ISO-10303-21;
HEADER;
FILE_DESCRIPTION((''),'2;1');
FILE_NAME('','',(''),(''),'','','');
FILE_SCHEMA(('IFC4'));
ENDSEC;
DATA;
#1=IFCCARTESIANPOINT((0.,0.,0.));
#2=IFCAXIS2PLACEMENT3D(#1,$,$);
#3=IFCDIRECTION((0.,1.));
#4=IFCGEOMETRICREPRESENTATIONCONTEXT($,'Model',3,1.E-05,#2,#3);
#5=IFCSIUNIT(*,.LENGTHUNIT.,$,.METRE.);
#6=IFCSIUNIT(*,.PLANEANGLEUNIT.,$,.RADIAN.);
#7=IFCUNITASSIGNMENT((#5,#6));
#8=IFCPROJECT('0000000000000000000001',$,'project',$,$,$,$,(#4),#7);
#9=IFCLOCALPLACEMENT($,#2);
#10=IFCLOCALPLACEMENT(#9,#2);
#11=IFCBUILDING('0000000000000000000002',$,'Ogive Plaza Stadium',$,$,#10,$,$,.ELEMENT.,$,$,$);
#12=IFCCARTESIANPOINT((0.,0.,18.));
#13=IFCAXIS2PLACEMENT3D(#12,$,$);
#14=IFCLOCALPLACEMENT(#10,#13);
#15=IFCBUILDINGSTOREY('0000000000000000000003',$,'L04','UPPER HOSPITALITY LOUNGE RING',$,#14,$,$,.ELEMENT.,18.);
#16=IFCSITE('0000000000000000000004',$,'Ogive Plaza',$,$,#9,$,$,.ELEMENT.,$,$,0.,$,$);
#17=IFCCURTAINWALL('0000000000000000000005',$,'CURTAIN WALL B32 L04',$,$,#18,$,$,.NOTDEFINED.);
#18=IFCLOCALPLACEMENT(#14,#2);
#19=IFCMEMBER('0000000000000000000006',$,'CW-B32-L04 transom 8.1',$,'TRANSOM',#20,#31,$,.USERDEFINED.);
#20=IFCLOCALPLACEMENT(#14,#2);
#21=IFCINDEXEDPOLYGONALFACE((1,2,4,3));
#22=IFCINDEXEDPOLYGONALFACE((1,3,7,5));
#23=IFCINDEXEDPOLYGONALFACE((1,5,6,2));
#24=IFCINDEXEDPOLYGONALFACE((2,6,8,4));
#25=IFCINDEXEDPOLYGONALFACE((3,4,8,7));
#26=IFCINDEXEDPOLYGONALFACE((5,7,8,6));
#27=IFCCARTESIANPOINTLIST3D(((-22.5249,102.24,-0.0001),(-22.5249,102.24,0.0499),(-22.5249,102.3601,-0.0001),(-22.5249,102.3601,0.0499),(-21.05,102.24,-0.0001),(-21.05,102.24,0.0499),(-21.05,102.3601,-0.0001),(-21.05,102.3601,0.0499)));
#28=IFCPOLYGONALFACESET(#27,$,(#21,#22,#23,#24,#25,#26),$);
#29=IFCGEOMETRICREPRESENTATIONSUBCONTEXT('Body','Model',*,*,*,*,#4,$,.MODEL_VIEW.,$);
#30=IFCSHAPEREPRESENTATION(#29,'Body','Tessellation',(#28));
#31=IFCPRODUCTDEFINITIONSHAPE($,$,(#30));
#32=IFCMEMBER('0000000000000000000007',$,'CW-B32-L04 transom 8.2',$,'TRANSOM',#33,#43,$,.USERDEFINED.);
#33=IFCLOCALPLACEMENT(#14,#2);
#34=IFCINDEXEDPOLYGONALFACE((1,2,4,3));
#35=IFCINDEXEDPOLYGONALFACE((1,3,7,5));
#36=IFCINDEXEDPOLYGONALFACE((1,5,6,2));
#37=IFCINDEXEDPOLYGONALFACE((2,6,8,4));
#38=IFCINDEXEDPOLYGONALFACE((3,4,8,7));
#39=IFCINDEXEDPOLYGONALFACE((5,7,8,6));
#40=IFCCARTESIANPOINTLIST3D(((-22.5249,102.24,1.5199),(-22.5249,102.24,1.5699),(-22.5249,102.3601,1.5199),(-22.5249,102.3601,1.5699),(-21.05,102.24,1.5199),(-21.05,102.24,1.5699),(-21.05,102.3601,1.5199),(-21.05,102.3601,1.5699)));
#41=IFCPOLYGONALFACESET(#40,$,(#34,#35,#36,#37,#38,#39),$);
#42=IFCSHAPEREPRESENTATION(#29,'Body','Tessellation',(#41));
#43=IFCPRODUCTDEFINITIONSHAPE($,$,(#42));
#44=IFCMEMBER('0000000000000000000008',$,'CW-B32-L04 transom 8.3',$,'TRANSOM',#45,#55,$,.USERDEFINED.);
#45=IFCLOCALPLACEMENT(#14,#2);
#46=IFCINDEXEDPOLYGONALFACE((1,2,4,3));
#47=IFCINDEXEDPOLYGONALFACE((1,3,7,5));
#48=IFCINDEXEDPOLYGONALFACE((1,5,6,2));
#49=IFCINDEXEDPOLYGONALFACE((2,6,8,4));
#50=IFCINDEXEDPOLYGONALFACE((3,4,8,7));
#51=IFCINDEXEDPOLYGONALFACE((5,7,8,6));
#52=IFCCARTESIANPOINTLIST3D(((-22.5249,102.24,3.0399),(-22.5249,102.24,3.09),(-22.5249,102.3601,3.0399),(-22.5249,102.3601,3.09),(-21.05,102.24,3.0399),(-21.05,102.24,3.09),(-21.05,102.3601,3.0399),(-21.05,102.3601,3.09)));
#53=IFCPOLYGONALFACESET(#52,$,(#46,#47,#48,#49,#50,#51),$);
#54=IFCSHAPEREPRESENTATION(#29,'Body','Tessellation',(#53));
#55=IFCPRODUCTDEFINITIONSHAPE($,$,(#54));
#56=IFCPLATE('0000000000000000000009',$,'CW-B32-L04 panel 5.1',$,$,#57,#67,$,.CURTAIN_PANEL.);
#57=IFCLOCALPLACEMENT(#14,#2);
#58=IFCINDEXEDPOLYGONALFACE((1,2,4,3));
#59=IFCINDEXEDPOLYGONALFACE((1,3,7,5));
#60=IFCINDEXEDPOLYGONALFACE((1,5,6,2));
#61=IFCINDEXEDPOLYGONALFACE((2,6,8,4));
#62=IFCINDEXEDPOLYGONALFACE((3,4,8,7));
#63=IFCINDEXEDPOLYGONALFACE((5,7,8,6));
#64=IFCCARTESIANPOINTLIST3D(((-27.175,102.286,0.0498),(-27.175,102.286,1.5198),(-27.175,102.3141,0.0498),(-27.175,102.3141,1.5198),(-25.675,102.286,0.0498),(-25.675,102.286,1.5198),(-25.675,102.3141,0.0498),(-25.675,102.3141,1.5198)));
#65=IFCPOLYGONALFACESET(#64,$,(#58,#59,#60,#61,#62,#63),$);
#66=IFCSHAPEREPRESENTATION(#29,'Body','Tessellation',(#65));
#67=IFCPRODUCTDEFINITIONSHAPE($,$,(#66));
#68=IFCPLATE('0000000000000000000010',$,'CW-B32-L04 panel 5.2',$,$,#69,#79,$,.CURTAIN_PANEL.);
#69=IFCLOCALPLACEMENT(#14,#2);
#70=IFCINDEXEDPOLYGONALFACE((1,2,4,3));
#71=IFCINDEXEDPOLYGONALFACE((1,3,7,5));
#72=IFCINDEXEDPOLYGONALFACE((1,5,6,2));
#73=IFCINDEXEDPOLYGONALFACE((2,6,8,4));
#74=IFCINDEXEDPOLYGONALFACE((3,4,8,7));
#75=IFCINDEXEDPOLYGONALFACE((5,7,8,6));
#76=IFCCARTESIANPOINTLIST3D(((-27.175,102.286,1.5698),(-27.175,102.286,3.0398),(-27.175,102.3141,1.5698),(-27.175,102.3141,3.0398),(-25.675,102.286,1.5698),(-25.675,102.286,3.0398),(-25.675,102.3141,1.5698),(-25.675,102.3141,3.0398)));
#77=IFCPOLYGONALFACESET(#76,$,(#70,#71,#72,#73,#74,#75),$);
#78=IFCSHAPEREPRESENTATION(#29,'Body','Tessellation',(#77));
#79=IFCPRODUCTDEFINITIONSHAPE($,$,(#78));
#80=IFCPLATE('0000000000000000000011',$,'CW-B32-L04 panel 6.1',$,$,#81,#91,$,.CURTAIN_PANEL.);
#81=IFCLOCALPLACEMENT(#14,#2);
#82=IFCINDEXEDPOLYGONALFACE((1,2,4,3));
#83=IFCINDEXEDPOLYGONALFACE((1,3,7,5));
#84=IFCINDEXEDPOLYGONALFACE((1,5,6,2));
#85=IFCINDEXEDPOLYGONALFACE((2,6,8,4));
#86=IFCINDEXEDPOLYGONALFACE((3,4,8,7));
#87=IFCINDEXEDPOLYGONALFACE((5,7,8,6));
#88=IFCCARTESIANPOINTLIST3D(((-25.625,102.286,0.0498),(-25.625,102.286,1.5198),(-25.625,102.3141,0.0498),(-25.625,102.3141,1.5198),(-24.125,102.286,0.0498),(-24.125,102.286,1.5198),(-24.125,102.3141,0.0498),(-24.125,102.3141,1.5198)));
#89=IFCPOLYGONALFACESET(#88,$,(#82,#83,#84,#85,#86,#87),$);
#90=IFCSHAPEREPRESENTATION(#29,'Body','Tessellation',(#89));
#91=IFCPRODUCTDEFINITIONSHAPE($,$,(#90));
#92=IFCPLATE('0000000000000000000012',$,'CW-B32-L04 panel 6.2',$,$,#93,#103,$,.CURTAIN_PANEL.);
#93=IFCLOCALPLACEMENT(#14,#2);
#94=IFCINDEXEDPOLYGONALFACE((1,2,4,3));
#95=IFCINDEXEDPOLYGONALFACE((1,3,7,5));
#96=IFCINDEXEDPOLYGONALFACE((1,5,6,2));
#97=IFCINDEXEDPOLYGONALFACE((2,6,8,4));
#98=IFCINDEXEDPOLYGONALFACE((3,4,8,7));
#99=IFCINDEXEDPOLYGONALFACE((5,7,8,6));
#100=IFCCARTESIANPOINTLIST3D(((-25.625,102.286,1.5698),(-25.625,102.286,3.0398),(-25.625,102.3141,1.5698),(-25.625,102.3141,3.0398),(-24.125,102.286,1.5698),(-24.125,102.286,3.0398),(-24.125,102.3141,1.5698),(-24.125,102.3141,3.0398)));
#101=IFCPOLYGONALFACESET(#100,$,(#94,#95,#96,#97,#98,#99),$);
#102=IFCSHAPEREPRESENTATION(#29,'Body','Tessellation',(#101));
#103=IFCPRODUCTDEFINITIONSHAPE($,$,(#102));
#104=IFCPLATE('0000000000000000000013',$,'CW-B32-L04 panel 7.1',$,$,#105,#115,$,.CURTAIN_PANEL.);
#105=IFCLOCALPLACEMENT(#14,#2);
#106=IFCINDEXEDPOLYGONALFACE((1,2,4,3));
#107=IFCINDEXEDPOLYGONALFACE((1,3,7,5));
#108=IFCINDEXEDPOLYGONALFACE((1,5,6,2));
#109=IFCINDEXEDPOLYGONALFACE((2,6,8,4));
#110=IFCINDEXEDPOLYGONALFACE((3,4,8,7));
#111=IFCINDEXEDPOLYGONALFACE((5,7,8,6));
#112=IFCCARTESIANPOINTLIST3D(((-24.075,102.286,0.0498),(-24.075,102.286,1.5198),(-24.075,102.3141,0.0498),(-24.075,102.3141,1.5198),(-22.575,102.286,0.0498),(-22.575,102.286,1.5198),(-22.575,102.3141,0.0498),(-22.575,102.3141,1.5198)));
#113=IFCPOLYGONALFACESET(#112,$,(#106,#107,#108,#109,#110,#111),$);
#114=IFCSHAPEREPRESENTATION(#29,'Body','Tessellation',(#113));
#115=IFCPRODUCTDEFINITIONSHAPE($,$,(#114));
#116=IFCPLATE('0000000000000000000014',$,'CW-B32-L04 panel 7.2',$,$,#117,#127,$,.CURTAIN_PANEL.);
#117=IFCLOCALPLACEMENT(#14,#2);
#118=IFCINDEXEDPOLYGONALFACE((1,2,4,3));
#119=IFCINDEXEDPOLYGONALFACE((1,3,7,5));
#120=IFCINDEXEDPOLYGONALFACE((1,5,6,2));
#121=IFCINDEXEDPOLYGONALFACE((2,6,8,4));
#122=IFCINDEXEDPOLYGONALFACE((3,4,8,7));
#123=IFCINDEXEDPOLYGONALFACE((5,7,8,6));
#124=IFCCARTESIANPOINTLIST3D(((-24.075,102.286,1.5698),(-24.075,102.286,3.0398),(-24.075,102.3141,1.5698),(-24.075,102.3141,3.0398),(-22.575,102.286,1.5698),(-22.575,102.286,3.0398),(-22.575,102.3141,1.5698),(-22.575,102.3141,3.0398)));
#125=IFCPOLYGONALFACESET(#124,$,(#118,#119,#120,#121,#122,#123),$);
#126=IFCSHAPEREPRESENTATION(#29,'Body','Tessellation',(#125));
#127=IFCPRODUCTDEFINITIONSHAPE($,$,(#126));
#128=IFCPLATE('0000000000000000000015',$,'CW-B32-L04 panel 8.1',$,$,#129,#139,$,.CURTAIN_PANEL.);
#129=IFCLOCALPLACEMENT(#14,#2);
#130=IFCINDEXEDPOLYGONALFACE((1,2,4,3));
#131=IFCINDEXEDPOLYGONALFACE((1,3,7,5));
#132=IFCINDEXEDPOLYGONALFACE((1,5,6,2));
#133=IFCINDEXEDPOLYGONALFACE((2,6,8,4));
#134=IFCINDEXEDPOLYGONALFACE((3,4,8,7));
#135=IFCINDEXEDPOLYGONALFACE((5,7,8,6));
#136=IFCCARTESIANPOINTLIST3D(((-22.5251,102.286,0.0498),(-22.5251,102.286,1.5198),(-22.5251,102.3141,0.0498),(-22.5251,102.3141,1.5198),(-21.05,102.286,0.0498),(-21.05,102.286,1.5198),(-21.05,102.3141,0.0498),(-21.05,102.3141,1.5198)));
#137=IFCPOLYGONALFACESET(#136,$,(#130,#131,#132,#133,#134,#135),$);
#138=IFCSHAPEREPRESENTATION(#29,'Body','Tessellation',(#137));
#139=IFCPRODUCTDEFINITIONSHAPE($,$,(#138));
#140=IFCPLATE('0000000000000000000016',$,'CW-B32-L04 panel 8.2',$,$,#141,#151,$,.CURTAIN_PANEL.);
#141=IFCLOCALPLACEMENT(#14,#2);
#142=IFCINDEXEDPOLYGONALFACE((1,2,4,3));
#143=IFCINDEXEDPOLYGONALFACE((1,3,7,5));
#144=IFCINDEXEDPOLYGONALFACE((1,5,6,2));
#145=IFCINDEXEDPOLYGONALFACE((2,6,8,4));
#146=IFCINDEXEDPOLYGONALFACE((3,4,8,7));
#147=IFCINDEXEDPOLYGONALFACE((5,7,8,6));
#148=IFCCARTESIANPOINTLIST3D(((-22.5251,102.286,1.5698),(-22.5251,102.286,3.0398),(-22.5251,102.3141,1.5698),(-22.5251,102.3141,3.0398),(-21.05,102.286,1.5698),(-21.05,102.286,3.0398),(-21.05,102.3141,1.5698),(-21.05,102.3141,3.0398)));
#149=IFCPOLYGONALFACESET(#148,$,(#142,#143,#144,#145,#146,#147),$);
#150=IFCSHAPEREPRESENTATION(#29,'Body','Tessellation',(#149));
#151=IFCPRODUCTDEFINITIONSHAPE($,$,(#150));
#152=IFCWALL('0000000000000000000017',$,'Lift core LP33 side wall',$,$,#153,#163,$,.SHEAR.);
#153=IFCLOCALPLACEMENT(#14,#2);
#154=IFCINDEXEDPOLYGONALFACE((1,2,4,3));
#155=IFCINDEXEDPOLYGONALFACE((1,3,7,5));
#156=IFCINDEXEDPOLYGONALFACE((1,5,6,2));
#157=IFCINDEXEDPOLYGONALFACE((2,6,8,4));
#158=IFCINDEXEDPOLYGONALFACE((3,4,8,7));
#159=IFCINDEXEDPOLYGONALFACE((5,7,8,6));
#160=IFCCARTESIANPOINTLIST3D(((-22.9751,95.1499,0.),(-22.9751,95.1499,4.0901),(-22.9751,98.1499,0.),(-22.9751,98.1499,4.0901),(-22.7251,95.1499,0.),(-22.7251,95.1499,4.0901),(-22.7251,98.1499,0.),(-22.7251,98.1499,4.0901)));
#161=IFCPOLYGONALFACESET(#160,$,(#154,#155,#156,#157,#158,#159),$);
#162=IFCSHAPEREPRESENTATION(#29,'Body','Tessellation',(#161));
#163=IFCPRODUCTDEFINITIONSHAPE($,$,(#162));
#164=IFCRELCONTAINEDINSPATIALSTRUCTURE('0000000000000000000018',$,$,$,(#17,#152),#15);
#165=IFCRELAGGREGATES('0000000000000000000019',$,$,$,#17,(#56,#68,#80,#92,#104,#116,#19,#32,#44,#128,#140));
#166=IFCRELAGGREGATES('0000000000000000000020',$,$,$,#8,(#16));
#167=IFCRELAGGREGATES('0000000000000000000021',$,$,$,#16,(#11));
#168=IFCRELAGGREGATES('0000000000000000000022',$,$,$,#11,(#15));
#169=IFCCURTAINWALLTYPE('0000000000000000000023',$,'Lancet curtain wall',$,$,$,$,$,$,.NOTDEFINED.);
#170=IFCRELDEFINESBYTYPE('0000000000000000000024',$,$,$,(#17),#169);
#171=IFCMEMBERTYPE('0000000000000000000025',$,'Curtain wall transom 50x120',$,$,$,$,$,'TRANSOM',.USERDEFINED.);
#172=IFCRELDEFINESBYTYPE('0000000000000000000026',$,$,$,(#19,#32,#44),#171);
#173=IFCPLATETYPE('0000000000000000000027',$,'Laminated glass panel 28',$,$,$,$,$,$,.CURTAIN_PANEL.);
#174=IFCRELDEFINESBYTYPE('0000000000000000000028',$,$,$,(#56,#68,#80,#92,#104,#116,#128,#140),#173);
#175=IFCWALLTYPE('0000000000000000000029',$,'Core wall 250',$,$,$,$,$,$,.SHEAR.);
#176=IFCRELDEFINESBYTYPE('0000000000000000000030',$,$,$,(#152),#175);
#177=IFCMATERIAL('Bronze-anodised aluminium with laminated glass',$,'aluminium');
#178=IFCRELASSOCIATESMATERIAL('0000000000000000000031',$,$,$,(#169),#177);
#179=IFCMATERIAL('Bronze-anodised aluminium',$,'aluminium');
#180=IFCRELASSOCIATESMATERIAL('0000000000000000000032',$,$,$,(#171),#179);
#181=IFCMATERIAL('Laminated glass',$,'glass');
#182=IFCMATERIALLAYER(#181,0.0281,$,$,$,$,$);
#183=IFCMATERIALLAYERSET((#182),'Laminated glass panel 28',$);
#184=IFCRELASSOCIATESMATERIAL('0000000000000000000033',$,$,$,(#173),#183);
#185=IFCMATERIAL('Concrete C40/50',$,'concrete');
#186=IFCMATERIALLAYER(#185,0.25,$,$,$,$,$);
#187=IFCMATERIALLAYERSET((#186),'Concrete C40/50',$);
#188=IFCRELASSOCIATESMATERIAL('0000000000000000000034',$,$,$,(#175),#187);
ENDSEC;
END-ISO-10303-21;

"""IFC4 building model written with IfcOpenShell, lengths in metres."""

from ifc_helpers import new_model, si_unit, direction, frame, frame_2d, origin, origin_2d, place, context, subcontext, project, spatial, rectangle, extrude, material, layer, layer_set, material_profile, profile_set, type_object, element, aggregate, save


model = new_model("IFC4")

# Units and contexts
model_context = context("Model", 3, precision=1e-05, world=origin(), true_north=direction((0.0, 1.0)))
body_context = subcontext(model_context, "Body", "Model", "MODEL_VIEW")
ifc_project = project(units=[si_unit("LENGTHUNIT", "METRE"), si_unit("PLANEANGLEUNIT", "RADIAN")], contexts=[model_context])

# Site, building, storey
site_placement = place(None, origin())
site = spatial("IfcSite", under=ifc_project, at=site_placement, Name="Ogive Plaza", CompositionType="ELEMENT", RefElevation=0.0)
building_placement = place(site_placement, origin())
building = spatial("IfcBuilding", under=site, at=building_placement, Name="Ogive Plaza Stadium", CompositionType="ELEMENT")
storey_placement = place(building_placement, frame((0.0, 0.0, 18.0)))
storey = spatial("IfcBuildingStorey", under=building, at=storey_placement, Name="L04", Description="UPPER HOSPITALITY LOUNGE RING", CompositionType="ELEMENT", Elevation=18.0)

# Curtain wall, members, plates
ifc_material_1 = material(Name="Bronze-anodised aluminium with laminated glass", Category="aluminium")
curtain_wall_type = type_object("IfcCurtainWallType", Name="Lancet curtain wall", PredefinedType="NOTDEFINED", material=ifc_material_1)
curtain_wall_placement = place(storey_placement, origin())
curtain_wall = element("IfcCurtainWall", 1, at=curtain_wall_placement, inside=storey, type_object=curtain_wall_type, Name="CURTAIN WALL B32 L04", PredefinedType="NOTDEFINED")
ifc_material_2 = material(Name="Bronze-anodised aluminium", Category="aluminium")
ifc_material_profile_1 = material_profile(ifc_material_2, rectangle(XDim=0.1201, YDim=0.05, at=origin_2d()), Name="AL 120x50")
ifc_profile_set_1 = profile_set([ifc_material_profile_1], Name="Bronze-anodised aluminium")
member_type_1 = type_object("IfcMemberType", Name="Curtain wall transom 50x120", ElementType="TRANSOM", PredefinedType="USERDEFINED", material=ifc_profile_set_1)
member_1_placement = place(storey_placement, frame((-22.5249, 102.3, 0.0249), z_axis=(1.0, 0.0, 0.0), x_axis=(0.0, 1.0, 0.0)))
member_1 = element("IfcMember", 2, at=member_1_placement, type_object=member_type_1, Name="CW-B32-L04 transom 8.1", ObjectType="TRANSOM", PredefinedType="USERDEFINED", context=body_context, shape_type="SweptSolid", body=[
    extrude(rectangle(XDim=0.1201, YDim=0.05, at=origin_2d()), origin(), (0.0, 0.0, 1.0), 1.4749),
])
member_2_placement = place(storey_placement, frame((-22.5249, 102.3, 1.5449), z_axis=(1.0, 0.0, 0.0), x_axis=(0.0, 1.0, 0.0)))
member_2 = element("IfcMember", 3, at=member_2_placement, type_object=member_type_1, Name="CW-B32-L04 transom 8.2", ObjectType="TRANSOM", PredefinedType="USERDEFINED", context=body_context, shape_type="SweptSolid", body=[
    extrude(rectangle(XDim=0.1201, YDim=0.05, at=origin_2d()), origin(), (0.0, 0.0, 1.0), 1.4749),
])
member_3_placement = place(storey_placement, frame((-22.5249, 102.3, 3.0649), z_axis=(1.0, 0.0, 0.0), x_axis=(0.0, 1.0, 0.0)))
member_3 = element("IfcMember", 4, at=member_3_placement, type_object=member_type_1, Name="CW-B32-L04 transom 8.3", ObjectType="TRANSOM", PredefinedType="USERDEFINED", context=body_context, shape_type="SweptSolid", body=[
    extrude(rectangle(XDim=0.1201, YDim=0.05, at=origin_2d()), origin(), (0.0, 0.0, 1.0), 1.4749),
])
ifc_material_3 = material(Name="Laminated glass", Category="glass")
ifc_layer_1 = layer(ifc_material_3, 0.0281)
ifc_layer_set_1 = layer_set([ifc_layer_1], Name="Laminated glass panel 28")
plate_type = type_object("IfcPlateType", Name="Laminated glass panel 28", PredefinedType="CURTAIN_PANEL", material=ifc_layer_set_1)
plate_1_placement = place(storey_placement, frame((-26.425, 102.3, 0.0498), z_axis=(0.0, 0.0, 1.0), x_axis=(1.0, 0.0, 0.0)))
plate_1 = element("IfcPlate", 5, at=plate_1_placement, type_object=plate_type, Name="CW-B32-L04 panel 5.1", PredefinedType="CURTAIN_PANEL", context=body_context, shape_type="SweptSolid", body=[
    extrude(rectangle(XDim=1.5, YDim=0.0281, at=origin_2d()), origin(), (0.0, 0.0, 1.0), 1.47),
])
plate_2_placement = place(storey_placement, frame((-26.425, 102.3, 1.5698), z_axis=(0.0, 0.0, 1.0), x_axis=(1.0, 0.0, 0.0)))
plate_2 = element("IfcPlate", 6, at=plate_2_placement, type_object=plate_type, Name="CW-B32-L04 panel 5.2", PredefinedType="CURTAIN_PANEL", context=body_context, shape_type="SweptSolid", body=[
    extrude(rectangle(XDim=1.5, YDim=0.0281, at=origin_2d()), origin(), (0.0, 0.0, 1.0), 1.47),
])
plate_3_placement = place(storey_placement, frame((-24.875, 102.3, 0.0498), z_axis=(0.0, 0.0, 1.0), x_axis=(1.0, 0.0, 0.0)))
plate_3 = element("IfcPlate", 7, at=plate_3_placement, type_object=plate_type, Name="CW-B32-L04 panel 6.1", PredefinedType="CURTAIN_PANEL", context=body_context, shape_type="SweptSolid", body=[
    extrude(rectangle(XDim=1.5, YDim=0.0281, at=origin_2d()), origin(), (0.0, 0.0, 1.0), 1.47),
])
plate_4_placement = place(storey_placement, frame((-24.875, 102.3, 1.5698), z_axis=(0.0, 0.0, 1.0), x_axis=(1.0, 0.0, 0.0)))
plate_4 = element("IfcPlate", 8, at=plate_4_placement, type_object=plate_type, Name="CW-B32-L04 panel 6.2", PredefinedType="CURTAIN_PANEL", context=body_context, shape_type="SweptSolid", body=[
    extrude(rectangle(XDim=1.5, YDim=0.0281, at=origin_2d()), origin(), (0.0, 0.0, 1.0), 1.47),
])
plate_5_placement = place(storey_placement, frame((-23.325, 102.3, 0.0498), z_axis=(0.0, 0.0, 1.0), x_axis=(1.0, 0.0, 0.0)))
plate_5 = element("IfcPlate", 9, at=plate_5_placement, type_object=plate_type, Name="CW-B32-L04 panel 7.1", PredefinedType="CURTAIN_PANEL", context=body_context, shape_type="SweptSolid", body=[
    extrude(rectangle(XDim=1.5, YDim=0.0281, at=origin_2d()), origin(), (0.0, 0.0, 1.0), 1.47),
])
plate_6_placement = place(storey_placement, frame((-23.325, 102.3, 1.5698), z_axis=(0.0, 0.0, 1.0), x_axis=(1.0, 0.0, 0.0)))
plate_6 = element("IfcPlate", 10, at=plate_6_placement, type_object=plate_type, Name="CW-B32-L04 panel 7.2", PredefinedType="CURTAIN_PANEL", context=body_context, shape_type="SweptSolid", body=[
    extrude(rectangle(XDim=1.5, YDim=0.0281, at=origin_2d()), origin(), (0.0, 0.0, 1.0), 1.47),
])
plate_7_placement = place(storey_placement, frame((-21.7876, 102.3, 0.0498), z_axis=(0.0, 0.0, 1.0), x_axis=(1.0, 0.0, 0.0)))
plate_7 = element("IfcPlate", 11, at=plate_7_placement, type_object=plate_type, Name="CW-B32-L04 panel 8.1", PredefinedType="CURTAIN_PANEL", context=body_context, shape_type="SweptSolid", body=[
    extrude(rectangle(XDim=1.4751, YDim=0.0281, at=origin_2d()), origin(), (0.0, 0.0, 1.0), 1.47),
])
plate_8_placement = place(storey_placement, frame((-21.7876, 102.3, 1.5698), z_axis=(0.0, 0.0, 1.0), x_axis=(1.0, 0.0, 0.0)))
plate_8 = element("IfcPlate", 12, at=plate_8_placement, type_object=plate_type, Name="CW-B32-L04 panel 8.2", PredefinedType="CURTAIN_PANEL", context=body_context, shape_type="SweptSolid", body=[
    extrude(rectangle(XDim=1.4751, YDim=0.0281, at=origin_2d()), origin(), (0.0, 0.0, 1.0), 1.47),
])
aggregate(curtain_wall, [plate_1, plate_2, plate_3, plate_4, plate_5, plate_6, member_1, member_2, member_3, plate_7, plate_8])

# Wall
ifc_material_4 = material(Name="Concrete C40/50", Category="concrete")
ifc_layer_2 = layer(ifc_material_4, 0.25)
ifc_layer_set_2 = layer_set([ifc_layer_2], Name="Concrete C40/50")
wall_type = type_object("IfcWallType", Name="Core wall 250", PredefinedType="SHEAR", material=ifc_layer_set_2)
wall_placement = place(storey_placement, frame((-22.8501, 95.1499, 0.0), z_axis=(0.0, 0.0, 1.0), x_axis=(0.0, 1.0, 0.0)))
element("IfcWall", 13, at=wall_placement, inside=storey, type_object=wall_type, Name="Lift core LP33 side wall", PredefinedType="SHEAR", context=body_context, shape_type="SweptSolid", body=[
    extrude(rectangle(XDim=3.0, YDim=0.25, at=frame_2d((1.5, 0.0))), origin(), (0.0, 0.0, 1.0), 4.0901),
])

save(model, "model.ifc")
